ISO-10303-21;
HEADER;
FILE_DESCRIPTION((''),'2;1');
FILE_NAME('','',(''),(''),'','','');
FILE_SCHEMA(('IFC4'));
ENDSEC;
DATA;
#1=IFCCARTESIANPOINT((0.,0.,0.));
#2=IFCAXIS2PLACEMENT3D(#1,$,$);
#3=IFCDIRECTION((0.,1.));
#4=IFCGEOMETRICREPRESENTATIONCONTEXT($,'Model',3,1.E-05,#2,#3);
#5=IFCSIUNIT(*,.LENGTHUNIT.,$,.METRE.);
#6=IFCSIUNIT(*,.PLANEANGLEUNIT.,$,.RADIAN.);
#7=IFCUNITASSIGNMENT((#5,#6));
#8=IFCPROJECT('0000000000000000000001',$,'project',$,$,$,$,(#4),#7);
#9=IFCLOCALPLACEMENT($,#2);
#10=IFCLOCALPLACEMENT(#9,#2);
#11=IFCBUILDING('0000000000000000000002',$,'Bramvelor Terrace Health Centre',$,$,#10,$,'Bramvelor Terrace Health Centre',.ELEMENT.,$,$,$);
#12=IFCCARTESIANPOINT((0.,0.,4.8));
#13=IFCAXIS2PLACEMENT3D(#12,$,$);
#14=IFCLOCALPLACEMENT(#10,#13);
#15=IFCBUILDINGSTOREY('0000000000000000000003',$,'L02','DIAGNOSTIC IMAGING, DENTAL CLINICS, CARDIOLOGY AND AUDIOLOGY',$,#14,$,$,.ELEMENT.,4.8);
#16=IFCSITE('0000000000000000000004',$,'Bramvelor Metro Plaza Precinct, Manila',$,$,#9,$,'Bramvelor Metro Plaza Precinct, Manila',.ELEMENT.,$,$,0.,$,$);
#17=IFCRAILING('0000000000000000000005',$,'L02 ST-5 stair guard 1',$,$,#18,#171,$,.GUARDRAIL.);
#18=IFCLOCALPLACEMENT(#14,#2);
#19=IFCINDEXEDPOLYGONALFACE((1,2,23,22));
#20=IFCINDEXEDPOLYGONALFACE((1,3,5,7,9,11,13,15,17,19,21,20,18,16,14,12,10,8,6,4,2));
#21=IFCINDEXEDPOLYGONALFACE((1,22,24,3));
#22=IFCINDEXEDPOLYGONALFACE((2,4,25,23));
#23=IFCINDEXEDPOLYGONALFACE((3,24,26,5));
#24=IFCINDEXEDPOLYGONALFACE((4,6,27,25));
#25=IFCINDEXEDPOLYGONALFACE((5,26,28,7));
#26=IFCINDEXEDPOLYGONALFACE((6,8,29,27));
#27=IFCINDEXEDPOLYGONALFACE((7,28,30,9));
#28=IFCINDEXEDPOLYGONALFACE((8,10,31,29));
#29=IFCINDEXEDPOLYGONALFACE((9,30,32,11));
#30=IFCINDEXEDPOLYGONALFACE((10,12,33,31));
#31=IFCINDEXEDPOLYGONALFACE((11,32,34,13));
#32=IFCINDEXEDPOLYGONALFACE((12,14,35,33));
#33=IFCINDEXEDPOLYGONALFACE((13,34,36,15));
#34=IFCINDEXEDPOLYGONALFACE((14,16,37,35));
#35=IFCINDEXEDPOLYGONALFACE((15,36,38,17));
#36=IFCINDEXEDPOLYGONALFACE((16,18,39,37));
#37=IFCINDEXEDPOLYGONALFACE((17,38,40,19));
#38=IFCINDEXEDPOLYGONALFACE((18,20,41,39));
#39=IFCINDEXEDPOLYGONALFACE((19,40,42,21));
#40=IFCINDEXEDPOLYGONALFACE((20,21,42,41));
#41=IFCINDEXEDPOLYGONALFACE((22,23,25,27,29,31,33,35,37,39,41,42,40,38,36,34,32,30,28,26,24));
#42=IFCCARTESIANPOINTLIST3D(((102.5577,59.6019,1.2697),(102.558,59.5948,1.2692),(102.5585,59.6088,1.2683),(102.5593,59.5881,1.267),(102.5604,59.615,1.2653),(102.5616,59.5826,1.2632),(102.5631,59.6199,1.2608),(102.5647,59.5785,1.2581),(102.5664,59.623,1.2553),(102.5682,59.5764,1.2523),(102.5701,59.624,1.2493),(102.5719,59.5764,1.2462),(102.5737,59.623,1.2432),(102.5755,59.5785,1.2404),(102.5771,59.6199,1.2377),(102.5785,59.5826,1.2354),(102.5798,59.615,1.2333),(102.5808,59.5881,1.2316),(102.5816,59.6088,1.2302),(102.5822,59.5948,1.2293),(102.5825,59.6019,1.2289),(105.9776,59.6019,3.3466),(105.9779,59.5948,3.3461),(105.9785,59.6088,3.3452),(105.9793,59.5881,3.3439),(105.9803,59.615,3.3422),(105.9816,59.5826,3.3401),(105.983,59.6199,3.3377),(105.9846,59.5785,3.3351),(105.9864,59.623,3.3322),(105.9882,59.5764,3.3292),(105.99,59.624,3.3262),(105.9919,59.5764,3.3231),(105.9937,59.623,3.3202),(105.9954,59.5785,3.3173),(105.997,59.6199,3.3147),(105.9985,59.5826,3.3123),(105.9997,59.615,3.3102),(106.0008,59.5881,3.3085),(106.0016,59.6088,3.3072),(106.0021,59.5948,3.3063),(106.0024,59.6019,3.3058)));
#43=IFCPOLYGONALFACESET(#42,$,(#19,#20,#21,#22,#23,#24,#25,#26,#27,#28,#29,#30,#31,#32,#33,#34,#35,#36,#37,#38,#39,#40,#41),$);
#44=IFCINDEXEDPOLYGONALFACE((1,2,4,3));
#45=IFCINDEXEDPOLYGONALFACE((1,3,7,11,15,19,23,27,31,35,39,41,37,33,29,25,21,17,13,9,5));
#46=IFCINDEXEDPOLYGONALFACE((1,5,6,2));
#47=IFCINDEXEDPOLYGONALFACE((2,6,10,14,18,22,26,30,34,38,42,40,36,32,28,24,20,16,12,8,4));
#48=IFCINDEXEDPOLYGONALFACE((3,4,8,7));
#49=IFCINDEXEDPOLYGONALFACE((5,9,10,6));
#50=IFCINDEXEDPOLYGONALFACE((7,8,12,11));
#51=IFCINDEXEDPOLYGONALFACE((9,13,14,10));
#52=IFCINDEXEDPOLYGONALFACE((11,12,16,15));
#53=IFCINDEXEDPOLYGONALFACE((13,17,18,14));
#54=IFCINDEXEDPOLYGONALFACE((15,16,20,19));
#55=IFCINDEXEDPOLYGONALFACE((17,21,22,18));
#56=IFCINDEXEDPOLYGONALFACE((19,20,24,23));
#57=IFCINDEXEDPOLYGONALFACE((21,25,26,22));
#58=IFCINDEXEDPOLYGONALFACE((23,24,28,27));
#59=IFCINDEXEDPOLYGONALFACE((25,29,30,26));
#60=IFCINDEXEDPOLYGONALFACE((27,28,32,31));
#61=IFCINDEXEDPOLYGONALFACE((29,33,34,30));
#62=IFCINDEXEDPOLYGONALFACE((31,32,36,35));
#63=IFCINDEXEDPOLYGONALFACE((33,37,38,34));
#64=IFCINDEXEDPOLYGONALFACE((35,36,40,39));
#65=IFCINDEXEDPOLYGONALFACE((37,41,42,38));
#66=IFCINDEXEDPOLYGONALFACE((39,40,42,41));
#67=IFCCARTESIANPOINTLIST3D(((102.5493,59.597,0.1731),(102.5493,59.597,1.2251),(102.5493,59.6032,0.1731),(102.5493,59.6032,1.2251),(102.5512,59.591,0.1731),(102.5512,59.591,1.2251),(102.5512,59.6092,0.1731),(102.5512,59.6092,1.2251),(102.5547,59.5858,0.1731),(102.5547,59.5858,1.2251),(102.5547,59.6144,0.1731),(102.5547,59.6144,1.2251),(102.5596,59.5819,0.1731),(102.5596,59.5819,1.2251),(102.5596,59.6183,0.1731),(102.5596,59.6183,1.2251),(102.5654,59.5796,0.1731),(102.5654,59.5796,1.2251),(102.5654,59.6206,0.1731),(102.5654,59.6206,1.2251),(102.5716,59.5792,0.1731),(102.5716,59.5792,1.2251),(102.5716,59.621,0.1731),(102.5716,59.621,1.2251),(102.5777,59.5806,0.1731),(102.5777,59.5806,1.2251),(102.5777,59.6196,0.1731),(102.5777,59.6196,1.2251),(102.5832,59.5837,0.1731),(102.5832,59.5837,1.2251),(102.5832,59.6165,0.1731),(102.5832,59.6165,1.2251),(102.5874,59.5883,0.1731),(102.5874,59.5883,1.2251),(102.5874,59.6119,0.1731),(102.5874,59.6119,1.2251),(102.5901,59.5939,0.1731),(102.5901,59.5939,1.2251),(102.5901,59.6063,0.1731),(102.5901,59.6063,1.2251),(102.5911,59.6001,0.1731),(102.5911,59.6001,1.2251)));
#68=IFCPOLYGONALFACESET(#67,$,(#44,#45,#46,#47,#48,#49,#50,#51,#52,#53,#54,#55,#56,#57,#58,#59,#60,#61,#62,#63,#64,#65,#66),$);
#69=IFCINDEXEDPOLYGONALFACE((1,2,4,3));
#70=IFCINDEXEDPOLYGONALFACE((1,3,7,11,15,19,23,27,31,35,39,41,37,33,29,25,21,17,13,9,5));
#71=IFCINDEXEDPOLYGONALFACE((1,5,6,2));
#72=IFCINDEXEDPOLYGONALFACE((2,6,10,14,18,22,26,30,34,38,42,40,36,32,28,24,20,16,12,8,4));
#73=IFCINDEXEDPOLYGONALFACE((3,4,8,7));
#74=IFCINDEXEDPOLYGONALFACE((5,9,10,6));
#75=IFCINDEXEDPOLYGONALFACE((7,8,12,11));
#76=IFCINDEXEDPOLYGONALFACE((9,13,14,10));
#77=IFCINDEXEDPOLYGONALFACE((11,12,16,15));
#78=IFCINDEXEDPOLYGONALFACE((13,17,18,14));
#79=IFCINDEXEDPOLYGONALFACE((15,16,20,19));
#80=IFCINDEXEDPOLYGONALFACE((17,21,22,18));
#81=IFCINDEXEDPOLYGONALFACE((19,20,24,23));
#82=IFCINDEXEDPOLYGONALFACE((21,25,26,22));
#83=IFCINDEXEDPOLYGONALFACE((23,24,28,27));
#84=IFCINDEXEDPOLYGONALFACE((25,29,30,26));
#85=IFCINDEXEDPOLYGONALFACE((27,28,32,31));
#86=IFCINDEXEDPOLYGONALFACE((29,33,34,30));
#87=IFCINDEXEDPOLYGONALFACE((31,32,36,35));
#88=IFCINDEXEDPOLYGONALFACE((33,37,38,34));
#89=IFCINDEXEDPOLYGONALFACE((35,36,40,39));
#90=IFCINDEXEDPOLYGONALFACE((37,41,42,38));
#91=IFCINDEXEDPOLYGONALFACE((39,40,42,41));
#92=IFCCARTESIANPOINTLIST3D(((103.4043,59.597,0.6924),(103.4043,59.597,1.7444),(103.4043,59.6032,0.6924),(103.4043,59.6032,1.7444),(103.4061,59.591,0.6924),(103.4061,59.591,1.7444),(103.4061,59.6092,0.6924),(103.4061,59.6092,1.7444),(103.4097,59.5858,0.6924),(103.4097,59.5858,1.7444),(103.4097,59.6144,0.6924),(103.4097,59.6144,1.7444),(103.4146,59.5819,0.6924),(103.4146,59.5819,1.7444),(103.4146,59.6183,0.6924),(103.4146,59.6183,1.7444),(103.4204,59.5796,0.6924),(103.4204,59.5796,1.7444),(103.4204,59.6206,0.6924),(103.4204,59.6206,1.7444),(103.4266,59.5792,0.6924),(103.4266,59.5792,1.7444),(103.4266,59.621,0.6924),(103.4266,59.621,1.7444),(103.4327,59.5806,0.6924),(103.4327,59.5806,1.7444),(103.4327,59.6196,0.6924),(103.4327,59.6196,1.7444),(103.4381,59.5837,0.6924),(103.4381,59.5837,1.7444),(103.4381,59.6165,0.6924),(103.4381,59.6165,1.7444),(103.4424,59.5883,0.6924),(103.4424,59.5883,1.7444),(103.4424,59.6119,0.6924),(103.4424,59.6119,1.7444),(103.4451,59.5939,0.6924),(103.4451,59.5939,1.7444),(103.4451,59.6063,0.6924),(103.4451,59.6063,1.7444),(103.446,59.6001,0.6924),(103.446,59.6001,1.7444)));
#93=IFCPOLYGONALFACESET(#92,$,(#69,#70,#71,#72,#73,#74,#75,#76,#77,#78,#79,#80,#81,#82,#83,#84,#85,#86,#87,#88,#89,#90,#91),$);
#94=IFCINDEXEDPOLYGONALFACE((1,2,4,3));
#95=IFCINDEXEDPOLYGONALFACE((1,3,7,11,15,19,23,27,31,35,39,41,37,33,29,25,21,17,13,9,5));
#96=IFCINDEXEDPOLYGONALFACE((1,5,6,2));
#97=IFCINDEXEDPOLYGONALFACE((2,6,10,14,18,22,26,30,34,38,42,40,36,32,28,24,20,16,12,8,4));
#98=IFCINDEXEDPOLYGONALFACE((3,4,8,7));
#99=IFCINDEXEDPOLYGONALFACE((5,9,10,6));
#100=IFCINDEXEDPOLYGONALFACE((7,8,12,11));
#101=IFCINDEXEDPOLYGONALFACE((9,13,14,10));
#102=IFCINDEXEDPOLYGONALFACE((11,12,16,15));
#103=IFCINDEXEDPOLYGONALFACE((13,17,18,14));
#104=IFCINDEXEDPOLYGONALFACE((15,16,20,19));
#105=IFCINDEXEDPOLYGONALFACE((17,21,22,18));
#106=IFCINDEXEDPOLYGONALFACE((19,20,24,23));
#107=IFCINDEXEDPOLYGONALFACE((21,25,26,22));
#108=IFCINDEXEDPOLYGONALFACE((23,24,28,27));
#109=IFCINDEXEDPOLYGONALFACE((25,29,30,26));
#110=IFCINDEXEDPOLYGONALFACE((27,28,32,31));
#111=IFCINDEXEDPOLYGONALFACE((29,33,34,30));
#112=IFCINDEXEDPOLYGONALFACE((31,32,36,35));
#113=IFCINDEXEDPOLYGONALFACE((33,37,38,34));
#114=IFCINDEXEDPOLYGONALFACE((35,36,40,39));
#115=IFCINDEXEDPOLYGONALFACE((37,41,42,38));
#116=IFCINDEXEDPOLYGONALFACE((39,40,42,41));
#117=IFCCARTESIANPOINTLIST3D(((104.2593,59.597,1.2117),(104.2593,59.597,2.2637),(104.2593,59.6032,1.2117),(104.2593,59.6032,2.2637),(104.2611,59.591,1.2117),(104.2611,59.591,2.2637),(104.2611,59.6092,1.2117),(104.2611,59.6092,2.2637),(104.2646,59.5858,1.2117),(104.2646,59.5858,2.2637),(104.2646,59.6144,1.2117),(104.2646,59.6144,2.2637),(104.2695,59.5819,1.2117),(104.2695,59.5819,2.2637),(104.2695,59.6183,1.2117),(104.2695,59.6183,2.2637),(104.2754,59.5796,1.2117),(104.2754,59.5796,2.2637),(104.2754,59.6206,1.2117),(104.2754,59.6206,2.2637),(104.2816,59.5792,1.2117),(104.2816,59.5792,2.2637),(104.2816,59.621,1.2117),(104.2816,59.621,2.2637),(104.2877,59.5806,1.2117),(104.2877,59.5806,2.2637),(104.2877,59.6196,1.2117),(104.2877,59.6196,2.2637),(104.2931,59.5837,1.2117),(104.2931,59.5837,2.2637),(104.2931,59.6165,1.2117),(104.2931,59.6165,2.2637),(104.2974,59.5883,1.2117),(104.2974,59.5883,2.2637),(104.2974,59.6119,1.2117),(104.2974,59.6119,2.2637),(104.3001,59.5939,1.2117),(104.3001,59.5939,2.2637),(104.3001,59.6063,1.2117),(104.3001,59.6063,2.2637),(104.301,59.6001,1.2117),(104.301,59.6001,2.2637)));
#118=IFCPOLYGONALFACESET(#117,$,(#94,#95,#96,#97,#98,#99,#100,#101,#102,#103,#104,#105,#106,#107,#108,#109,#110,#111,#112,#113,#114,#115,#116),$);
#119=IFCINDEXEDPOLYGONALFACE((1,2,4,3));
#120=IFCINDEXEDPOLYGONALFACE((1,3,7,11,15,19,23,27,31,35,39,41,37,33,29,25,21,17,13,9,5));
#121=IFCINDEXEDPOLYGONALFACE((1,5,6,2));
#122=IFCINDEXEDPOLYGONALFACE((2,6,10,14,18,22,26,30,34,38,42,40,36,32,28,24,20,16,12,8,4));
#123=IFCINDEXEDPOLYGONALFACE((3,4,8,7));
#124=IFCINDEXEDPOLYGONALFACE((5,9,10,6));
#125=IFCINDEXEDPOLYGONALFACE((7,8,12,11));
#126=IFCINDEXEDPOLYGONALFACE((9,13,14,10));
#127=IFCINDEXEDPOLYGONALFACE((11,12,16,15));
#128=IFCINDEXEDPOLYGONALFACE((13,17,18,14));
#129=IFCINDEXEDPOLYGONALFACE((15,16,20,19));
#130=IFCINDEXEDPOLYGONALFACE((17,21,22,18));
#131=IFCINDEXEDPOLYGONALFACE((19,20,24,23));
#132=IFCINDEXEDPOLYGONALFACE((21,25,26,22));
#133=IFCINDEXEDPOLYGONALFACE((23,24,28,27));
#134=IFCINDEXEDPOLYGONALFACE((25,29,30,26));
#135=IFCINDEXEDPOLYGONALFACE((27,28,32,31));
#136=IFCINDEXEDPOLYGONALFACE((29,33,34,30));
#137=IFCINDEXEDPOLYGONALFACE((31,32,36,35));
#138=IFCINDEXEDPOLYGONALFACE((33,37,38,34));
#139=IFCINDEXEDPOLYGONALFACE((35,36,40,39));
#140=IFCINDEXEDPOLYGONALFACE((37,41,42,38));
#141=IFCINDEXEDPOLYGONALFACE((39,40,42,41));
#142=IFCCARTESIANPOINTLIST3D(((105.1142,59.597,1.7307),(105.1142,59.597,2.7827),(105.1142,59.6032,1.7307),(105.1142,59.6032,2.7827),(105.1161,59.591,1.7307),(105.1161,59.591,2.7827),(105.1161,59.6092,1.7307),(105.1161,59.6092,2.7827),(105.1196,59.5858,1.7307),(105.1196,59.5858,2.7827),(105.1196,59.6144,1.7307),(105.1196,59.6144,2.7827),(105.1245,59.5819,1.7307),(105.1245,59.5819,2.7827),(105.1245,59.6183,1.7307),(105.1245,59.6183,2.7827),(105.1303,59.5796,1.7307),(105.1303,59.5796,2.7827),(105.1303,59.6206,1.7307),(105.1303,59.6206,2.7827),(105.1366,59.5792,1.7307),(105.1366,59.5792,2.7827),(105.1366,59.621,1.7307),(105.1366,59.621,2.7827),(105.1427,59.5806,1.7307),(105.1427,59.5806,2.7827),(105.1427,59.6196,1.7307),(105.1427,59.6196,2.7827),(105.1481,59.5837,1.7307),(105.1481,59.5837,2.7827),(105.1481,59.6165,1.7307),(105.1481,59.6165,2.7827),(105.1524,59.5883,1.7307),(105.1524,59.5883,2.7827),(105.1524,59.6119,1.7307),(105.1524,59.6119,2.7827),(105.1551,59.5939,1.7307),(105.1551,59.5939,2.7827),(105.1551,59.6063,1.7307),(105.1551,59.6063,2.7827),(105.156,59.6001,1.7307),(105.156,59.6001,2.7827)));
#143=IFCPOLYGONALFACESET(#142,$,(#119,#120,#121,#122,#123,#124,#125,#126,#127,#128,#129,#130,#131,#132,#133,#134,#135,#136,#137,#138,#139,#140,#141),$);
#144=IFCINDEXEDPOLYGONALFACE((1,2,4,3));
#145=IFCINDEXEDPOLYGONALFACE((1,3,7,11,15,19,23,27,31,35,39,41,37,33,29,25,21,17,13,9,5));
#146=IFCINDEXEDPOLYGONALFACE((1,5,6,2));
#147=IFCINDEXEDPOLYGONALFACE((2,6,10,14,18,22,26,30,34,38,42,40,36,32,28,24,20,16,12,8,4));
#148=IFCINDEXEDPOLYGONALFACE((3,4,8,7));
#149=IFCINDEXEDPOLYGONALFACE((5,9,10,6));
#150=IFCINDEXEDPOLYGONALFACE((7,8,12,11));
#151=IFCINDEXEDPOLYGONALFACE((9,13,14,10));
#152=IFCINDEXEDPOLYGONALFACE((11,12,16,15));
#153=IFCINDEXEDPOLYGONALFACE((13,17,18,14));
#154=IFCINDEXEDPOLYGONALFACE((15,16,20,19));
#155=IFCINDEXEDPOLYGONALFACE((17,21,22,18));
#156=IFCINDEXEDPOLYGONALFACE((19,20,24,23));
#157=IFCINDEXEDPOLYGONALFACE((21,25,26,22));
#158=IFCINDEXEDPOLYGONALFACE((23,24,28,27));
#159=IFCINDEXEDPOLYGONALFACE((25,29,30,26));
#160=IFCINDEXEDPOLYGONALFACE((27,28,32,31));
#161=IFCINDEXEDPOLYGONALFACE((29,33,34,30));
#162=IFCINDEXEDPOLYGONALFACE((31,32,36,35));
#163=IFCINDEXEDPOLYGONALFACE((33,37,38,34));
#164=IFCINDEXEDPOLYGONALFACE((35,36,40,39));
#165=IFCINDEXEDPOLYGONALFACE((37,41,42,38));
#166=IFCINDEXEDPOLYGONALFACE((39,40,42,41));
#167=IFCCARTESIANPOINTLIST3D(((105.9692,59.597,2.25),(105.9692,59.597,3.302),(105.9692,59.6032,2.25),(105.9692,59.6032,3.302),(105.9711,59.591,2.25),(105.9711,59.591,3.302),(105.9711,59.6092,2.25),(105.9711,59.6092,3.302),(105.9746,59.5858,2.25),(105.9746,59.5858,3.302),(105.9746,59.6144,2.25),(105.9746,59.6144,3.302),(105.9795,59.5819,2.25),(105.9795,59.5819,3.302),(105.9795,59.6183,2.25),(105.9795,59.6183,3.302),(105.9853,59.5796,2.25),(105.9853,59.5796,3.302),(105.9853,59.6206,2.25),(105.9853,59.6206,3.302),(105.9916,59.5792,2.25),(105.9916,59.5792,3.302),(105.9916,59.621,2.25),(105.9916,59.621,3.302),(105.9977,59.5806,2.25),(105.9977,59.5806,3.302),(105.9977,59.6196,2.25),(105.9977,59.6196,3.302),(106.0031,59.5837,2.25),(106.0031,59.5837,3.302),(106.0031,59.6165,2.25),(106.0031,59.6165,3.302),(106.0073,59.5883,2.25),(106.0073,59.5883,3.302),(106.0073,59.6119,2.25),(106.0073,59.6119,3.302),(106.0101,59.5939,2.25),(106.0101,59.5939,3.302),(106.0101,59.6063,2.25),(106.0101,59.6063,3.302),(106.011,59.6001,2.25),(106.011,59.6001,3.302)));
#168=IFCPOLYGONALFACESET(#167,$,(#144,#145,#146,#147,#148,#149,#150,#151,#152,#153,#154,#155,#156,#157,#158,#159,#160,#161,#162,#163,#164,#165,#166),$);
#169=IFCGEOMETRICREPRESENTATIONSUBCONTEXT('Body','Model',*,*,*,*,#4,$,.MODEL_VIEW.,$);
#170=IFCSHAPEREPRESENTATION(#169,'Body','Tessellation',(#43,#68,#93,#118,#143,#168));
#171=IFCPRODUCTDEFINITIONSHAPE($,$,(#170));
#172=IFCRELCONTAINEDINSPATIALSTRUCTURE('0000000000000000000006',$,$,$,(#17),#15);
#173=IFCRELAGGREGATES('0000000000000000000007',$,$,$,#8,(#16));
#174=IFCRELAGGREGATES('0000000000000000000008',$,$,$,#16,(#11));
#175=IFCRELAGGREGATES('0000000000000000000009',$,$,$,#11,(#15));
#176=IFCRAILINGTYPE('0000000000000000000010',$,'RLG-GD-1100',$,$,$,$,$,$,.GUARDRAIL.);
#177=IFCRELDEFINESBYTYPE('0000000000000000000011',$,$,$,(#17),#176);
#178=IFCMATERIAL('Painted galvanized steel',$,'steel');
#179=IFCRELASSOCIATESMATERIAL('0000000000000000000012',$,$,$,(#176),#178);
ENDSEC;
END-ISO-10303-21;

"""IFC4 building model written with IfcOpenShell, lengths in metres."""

from ifc_helpers import new_model, si_unit, direction, frame, origin, origin_2d, place, context, subcontext, project, spatial, circle, extrude, material, type_object, element, save


model = new_model("IFC4")

# Units and contexts
model_context = context("Model", 3, precision=1e-05, world=origin(), true_north=direction((0.0, 1.0)))
body_context = subcontext(model_context, "Body", "Model", "MODEL_VIEW")
ifc_project = project(units=[si_unit("LENGTHUNIT", "METRE"), si_unit("PLANEANGLEUNIT", "RADIAN")], contexts=[model_context])

# Site, building, storey
site_placement = place(None, origin())
site = spatial("IfcSite", under=ifc_project, at=site_placement, Name="Bramvelor Metro Plaza Precinct, Manila", LongName="Bramvelor Metro Plaza Precinct, Manila", CompositionType="ELEMENT", RefElevation=0.0)
building_placement = place(site_placement, origin())
building = spatial("IfcBuilding", under=site, at=building_placement, Name="Bramvelor Terrace Health Centre", LongName="Bramvelor Terrace Health Centre", CompositionType="ELEMENT")
storey_placement = place(building_placement, frame((0.0, 0.0, 4.8)))
storey = spatial("IfcBuildingStorey", under=building, at=storey_placement, Name="L02", Description="DIAGNOSTIC IMAGING, DENTAL CLINICS, CARDIOLOGY AND AUDIOLOGY", CompositionType="ELEMENT", Elevation=4.8)

# Railing
ifc_material_1 = material(Name="Painted galvanized steel", Category="steel")
railing_type_1 = type_object("IfcRailingType", Name="RLG-GD-1100", PredefinedType="GUARDRAIL", material=ifc_material_1)
railing_1_placement = place(storey_placement, frame((102.5701, 59.6001, 0.1731)))
element("IfcRailing", 1, at=railing_1_placement, inside=storey, type_object=railing_type_1, Name="L02 ST-5 stair guard 1", PredefinedType="GUARDRAIL", context=body_context, shape_type="SweptSolid", body=[
    extrude(circle(Radius=0.0239, at=origin_2d()), frame((0.0, 0.0, 1.0762), z_axis=(0.85473, 0.0, 0.519074), x_axis=(0.0, 1.0, 0.0)), (0.0, 0.0, 1.0), 4.0012),
    extrude(circle(Radius=0.021, at=origin_2d()), origin(), (0.0, 0.0, 1.0), 1.052),
    extrude(circle(Radius=0.021, at=origin_2d()), frame((0.855, 0.0, 0.5193)), (0.0, 0.0, 1.0), 1.052),
    extrude(circle(Radius=0.021, at=origin_2d()), frame((1.71, 0.0, 1.0386)), (0.0, 0.0, 1.0), 1.052),
    extrude(circle(Radius=0.021, at=origin_2d()), frame((2.5649, 0.0, 1.5576)), (0.0, 0.0, 1.0), 1.052),
    extrude(circle(Radius=0.021, at=origin_2d()), frame((3.4199, 0.0, 2.0769)), (0.0, 0.0, 1.0), 1.052),
])

save(model, "model.ifc")
